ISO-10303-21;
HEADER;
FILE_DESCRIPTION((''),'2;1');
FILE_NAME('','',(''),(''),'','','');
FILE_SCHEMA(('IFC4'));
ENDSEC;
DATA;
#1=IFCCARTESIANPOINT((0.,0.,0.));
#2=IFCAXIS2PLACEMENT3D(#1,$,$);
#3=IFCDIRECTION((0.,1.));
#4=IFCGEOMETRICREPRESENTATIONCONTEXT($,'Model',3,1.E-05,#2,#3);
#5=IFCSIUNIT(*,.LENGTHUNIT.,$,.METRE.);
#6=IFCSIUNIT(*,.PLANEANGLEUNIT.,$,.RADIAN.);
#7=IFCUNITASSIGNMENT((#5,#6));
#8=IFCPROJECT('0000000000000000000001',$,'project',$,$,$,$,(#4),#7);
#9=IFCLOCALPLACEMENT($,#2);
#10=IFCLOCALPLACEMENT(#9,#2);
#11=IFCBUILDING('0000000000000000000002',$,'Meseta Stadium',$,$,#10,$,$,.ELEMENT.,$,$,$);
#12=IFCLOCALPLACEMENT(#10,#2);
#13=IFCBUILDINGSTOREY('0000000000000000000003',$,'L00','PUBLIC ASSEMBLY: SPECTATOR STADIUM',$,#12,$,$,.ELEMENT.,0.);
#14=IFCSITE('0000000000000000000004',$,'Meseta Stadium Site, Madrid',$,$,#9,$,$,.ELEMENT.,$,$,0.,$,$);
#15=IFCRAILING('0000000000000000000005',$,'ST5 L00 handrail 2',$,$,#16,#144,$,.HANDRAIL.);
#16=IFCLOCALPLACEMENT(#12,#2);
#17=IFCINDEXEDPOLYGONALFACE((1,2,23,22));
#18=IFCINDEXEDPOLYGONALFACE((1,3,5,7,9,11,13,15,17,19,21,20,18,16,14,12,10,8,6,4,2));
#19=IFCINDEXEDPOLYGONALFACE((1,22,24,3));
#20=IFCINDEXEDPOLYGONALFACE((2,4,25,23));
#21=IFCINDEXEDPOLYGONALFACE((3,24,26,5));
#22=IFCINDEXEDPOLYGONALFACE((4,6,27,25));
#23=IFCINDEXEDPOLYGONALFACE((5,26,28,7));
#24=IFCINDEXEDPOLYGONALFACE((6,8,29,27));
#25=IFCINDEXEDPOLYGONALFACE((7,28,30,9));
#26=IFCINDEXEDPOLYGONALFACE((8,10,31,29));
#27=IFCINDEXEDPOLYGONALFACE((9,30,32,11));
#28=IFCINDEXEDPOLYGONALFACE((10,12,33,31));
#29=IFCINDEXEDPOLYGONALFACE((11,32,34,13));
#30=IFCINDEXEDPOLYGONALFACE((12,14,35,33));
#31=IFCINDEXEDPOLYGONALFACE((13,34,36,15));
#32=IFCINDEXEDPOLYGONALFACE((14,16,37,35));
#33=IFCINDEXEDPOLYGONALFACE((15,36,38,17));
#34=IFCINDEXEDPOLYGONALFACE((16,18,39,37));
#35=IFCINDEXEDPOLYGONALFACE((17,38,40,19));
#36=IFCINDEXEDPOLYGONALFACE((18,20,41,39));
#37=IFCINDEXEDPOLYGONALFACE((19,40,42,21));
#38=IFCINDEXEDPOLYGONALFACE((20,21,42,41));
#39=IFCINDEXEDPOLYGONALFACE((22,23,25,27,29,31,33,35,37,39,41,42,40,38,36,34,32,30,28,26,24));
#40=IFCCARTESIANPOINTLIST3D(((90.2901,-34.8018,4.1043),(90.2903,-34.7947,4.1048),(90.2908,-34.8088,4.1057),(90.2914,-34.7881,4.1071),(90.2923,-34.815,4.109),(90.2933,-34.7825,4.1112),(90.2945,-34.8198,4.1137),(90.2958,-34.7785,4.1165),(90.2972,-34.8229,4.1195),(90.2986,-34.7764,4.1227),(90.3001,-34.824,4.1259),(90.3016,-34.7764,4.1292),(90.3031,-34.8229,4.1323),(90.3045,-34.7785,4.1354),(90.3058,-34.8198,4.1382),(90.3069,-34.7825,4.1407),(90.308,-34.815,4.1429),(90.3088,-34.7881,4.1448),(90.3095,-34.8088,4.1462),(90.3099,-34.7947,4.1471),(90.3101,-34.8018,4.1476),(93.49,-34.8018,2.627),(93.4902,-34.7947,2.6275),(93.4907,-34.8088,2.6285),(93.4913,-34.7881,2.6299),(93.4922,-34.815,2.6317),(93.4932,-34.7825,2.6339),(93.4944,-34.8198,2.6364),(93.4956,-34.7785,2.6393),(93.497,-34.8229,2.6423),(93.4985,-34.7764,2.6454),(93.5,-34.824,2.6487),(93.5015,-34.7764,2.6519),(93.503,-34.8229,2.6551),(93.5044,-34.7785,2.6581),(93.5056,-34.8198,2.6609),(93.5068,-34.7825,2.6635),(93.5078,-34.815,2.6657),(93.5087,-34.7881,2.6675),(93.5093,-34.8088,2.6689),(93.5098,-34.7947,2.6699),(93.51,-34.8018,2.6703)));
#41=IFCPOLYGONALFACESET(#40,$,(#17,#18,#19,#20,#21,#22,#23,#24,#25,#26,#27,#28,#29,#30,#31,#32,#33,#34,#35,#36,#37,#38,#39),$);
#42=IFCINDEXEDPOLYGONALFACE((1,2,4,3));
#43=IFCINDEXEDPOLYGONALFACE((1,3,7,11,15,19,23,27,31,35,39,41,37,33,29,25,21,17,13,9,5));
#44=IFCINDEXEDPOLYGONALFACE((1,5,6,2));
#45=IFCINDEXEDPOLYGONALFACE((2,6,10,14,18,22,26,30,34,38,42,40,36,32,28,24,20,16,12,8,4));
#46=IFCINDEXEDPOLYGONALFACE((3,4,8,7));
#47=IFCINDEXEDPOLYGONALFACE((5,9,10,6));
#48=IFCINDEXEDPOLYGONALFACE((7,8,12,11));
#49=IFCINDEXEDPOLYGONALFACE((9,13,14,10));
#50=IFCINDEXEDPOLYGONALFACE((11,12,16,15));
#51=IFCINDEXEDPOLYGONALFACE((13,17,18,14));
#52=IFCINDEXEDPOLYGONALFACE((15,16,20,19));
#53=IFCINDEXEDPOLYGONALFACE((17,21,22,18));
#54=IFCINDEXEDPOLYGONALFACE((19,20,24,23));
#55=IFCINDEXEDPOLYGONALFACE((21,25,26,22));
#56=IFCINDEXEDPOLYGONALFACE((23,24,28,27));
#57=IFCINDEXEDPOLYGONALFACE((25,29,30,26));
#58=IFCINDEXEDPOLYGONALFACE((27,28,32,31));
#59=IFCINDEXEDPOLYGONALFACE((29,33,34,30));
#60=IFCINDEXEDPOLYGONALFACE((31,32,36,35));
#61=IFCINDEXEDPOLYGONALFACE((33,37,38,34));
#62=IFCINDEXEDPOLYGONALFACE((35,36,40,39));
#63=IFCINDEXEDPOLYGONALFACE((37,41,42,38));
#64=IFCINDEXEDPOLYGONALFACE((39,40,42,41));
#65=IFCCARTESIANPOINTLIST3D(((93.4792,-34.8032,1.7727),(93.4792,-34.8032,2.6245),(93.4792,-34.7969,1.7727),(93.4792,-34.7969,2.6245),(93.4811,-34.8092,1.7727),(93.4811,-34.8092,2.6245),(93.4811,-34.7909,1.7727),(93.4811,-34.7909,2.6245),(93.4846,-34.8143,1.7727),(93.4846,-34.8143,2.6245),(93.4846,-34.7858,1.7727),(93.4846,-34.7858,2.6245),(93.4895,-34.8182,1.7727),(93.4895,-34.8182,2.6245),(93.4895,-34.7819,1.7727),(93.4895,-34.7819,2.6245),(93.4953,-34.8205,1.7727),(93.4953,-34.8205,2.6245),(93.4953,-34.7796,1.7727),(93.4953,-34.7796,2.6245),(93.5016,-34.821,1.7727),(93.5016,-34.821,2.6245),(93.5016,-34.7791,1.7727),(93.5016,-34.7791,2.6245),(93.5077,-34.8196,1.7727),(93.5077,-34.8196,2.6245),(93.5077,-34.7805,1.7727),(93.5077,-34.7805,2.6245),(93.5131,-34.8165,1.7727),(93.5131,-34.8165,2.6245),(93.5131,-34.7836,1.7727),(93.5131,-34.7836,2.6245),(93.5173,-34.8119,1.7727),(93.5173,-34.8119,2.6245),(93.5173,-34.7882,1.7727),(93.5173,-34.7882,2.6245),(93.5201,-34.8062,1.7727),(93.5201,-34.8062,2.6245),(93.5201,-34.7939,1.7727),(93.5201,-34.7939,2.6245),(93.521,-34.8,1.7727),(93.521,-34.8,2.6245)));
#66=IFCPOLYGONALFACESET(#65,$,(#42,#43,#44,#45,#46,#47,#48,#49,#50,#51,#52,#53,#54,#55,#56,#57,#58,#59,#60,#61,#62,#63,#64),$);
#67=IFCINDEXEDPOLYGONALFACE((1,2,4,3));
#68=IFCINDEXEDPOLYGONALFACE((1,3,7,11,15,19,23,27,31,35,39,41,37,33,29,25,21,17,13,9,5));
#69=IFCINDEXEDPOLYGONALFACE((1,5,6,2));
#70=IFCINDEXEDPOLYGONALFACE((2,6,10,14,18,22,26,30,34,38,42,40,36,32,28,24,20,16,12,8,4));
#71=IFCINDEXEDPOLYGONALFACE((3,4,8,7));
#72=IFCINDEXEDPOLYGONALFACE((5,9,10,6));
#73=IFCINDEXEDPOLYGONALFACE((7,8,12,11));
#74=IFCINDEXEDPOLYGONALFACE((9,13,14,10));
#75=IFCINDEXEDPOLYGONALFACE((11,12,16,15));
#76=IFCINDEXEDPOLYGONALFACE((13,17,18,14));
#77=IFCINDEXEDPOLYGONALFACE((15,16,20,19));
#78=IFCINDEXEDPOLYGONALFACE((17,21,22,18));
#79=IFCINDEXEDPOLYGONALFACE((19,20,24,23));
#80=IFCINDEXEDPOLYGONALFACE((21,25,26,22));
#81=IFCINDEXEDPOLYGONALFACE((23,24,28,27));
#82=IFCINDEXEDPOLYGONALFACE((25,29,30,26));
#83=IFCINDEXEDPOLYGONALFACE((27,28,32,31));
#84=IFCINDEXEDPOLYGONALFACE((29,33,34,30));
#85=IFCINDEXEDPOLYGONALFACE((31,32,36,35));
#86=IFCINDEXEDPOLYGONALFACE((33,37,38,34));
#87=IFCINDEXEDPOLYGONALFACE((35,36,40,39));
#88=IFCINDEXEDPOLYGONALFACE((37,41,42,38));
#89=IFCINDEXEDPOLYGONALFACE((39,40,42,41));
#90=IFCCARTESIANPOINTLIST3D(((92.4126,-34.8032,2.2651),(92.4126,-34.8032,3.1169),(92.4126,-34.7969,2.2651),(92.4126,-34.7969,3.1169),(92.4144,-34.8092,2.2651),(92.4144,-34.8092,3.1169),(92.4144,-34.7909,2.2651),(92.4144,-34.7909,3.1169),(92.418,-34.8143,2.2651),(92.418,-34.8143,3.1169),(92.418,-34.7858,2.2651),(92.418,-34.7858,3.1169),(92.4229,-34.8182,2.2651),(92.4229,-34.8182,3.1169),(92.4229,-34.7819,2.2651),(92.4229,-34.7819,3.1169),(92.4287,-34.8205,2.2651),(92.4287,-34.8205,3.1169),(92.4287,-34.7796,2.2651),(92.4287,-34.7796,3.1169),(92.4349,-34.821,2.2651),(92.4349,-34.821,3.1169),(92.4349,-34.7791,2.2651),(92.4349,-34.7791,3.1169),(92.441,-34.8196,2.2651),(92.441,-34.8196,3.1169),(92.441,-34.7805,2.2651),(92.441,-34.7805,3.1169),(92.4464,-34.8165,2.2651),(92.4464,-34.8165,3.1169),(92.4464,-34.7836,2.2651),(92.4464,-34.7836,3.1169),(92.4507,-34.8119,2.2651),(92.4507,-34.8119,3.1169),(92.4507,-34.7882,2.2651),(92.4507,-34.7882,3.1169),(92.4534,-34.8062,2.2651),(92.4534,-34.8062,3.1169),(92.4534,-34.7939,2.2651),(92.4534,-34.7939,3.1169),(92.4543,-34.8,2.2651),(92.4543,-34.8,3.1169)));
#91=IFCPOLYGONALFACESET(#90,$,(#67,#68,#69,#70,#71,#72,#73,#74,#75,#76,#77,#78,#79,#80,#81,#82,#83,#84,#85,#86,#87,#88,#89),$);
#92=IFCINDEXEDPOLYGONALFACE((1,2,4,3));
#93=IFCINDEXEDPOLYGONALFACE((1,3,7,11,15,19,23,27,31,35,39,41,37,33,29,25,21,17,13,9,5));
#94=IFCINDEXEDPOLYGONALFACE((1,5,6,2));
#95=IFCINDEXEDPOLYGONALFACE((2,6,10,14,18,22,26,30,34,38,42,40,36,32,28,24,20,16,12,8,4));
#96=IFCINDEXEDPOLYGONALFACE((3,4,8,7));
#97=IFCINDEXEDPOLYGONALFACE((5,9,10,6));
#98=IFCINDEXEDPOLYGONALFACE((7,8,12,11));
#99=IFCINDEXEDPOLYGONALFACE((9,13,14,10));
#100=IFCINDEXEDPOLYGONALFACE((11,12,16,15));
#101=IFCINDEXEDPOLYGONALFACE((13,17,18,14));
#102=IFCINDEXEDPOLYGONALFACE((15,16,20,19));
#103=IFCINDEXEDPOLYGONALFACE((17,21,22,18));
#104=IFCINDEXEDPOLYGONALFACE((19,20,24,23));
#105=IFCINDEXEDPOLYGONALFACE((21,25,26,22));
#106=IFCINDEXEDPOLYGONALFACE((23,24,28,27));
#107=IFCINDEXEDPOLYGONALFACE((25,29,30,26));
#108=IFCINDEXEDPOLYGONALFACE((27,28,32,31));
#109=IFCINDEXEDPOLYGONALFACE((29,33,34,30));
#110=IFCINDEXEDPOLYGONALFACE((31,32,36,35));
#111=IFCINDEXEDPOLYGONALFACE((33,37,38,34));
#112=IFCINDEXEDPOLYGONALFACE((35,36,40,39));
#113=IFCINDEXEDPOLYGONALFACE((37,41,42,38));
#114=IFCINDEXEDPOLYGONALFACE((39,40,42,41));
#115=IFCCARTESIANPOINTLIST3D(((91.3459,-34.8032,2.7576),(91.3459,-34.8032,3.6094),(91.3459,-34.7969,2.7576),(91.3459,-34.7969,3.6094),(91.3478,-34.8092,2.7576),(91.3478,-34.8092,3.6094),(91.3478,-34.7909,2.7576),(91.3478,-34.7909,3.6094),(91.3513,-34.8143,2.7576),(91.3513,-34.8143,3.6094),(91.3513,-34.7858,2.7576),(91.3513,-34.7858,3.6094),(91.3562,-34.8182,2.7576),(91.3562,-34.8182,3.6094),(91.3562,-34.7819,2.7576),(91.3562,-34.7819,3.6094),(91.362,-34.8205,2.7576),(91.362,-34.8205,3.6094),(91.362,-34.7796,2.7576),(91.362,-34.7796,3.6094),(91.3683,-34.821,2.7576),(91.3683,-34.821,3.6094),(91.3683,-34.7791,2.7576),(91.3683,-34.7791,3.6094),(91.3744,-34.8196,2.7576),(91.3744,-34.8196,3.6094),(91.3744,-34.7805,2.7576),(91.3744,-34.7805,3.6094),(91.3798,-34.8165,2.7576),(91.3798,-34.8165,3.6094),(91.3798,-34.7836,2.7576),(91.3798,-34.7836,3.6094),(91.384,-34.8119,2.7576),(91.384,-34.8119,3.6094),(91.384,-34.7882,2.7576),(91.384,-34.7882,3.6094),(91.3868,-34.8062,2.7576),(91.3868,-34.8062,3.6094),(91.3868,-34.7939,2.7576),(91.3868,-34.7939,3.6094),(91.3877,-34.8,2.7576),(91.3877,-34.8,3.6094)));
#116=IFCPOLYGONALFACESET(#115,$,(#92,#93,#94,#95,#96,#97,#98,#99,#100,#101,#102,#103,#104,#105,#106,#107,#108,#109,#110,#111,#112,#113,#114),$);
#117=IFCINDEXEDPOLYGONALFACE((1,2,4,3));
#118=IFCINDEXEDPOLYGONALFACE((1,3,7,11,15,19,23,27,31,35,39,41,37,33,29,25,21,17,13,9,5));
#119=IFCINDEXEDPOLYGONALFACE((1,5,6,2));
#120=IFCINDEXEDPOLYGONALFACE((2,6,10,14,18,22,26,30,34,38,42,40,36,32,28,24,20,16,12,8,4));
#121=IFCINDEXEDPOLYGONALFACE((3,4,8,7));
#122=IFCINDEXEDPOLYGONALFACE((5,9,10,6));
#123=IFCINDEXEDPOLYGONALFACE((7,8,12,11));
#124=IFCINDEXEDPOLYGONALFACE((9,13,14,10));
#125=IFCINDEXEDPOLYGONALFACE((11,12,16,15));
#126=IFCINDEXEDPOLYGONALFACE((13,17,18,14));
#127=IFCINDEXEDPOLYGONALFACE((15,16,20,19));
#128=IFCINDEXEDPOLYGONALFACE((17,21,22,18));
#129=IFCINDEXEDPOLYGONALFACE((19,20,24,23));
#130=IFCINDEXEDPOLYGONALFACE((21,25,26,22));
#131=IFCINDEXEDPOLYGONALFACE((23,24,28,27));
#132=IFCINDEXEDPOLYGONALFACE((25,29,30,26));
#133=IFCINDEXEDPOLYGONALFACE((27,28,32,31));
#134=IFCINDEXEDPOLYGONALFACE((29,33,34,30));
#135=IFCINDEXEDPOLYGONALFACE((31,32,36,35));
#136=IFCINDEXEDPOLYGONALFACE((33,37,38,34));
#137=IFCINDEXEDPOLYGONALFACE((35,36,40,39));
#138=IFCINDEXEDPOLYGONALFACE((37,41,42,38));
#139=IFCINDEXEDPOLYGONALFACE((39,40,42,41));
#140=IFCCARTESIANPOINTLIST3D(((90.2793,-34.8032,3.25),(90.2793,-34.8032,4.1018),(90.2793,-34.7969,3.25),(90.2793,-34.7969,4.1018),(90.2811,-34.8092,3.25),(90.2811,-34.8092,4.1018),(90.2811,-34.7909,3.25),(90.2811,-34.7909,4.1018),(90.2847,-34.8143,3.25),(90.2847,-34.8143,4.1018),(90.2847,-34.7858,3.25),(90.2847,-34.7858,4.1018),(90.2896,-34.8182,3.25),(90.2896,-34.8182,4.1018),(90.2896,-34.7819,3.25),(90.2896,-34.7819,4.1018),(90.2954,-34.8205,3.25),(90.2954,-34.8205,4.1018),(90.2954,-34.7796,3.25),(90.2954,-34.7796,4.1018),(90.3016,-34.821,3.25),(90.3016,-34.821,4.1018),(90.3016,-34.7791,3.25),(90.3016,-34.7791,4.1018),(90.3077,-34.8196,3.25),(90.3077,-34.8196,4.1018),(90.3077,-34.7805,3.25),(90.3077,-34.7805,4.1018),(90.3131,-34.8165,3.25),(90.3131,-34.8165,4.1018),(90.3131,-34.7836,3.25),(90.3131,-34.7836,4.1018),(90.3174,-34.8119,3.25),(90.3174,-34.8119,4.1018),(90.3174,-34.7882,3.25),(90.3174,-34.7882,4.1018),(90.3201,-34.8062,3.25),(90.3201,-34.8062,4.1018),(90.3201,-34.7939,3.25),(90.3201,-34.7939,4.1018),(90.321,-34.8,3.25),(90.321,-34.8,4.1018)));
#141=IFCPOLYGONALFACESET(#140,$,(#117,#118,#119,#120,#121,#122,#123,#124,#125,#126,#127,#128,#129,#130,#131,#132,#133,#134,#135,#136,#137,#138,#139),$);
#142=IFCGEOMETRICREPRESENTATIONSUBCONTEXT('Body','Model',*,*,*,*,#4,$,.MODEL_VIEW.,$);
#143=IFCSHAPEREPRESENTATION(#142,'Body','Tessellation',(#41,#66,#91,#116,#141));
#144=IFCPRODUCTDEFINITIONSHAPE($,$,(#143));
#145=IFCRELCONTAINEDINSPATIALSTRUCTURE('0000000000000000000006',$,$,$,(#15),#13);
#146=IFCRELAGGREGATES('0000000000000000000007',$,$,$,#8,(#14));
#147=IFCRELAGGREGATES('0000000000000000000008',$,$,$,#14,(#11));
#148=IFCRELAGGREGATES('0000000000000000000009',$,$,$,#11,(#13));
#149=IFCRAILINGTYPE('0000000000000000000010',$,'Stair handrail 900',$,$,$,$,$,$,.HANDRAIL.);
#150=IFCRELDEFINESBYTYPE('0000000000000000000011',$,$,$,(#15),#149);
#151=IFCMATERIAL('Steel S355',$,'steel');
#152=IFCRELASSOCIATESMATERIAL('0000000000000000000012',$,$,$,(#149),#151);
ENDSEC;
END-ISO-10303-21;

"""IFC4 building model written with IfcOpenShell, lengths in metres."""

from ifc_helpers import new_model, si_unit, direction, frame, origin, origin_2d, place, context, subcontext, project, spatial, circle, extrude, material, type_object, element, save


model = new_model("IFC4")

# Units and contexts
model_context = context("Model", 3, precision=1e-05, world=origin(), true_north=direction((0.0, 1.0)))
body_context = subcontext(model_context, "Body", "Model", "MODEL_VIEW")
ifc_project = project(units=[si_unit("LENGTHUNIT", "METRE"), si_unit("PLANEANGLEUNIT", "RADIAN")], contexts=[model_context])

# Site, building, storey
site_placement = place(None, origin())
site = spatial("IfcSite", under=ifc_project, at=site_placement, Name="Meseta Stadium Site, Madrid", CompositionType="ELEMENT", RefElevation=0.0)
building_placement = place(site_placement, origin())
building = spatial("IfcBuilding", under=site, at=building_placement, Name="Meseta Stadium", CompositionType="ELEMENT")
storey_placement = place(building_placement, origin())
storey = spatial("IfcBuildingStorey", under=building, at=storey_placement, Name="L00", Description="PUBLIC ASSEMBLY: SPECTATOR STADIUM", CompositionType="ELEMENT", Elevation=0.0)

# Railing
ifc_material_1 = material(Name="Steel S355", Category="steel")
railing_type_1 = type_object("IfcRailingType", Name="Stair handrail 900", PredefinedType="HANDRAIL", material=ifc_material_1)
for number, where, name in (
    (1, (93.5, -34.8, 1.7727), "ST5 L00 handrail 2"),
):
    element("IfcRailing", number, at=place(storey_placement, frame(where)), inside=storey, type_object=railing_type_1, Name=name, PredefinedType="HANDRAIL", context=body_context, shape_type="SweptSolid", body=[
        extrude(circle(Radius=0.0239, at=origin_2d()), frame((0.0, 0.0, 0.876), z_axis=(-0.907917, 0.0, 0.41915), x_axis=(0.0, -1.0, 0.0)), (0.0, 0.0, 1.0), 3.5244),
        extrude(circle(Radius=0.021, at=origin_2d()), origin(), (0.0, 0.0, 1.0), 0.8518),
        extrude(circle(Radius=0.021, at=origin_2d()), frame((-1.0667, 0.0, 0.4924)), (0.0, 0.0, 1.0), 0.8518),
        extrude(circle(Radius=0.021, at=origin_2d()), frame((-2.1333, 0.0, 0.9849)), (0.0, 0.0, 1.0), 0.8518),
        extrude(circle(Radius=0.021, at=origin_2d()), frame((-3.2, 0.0, 1.4773)), (0.0, 0.0, 1.0), 0.8518),
    ])

save(model, "model.ifc")
